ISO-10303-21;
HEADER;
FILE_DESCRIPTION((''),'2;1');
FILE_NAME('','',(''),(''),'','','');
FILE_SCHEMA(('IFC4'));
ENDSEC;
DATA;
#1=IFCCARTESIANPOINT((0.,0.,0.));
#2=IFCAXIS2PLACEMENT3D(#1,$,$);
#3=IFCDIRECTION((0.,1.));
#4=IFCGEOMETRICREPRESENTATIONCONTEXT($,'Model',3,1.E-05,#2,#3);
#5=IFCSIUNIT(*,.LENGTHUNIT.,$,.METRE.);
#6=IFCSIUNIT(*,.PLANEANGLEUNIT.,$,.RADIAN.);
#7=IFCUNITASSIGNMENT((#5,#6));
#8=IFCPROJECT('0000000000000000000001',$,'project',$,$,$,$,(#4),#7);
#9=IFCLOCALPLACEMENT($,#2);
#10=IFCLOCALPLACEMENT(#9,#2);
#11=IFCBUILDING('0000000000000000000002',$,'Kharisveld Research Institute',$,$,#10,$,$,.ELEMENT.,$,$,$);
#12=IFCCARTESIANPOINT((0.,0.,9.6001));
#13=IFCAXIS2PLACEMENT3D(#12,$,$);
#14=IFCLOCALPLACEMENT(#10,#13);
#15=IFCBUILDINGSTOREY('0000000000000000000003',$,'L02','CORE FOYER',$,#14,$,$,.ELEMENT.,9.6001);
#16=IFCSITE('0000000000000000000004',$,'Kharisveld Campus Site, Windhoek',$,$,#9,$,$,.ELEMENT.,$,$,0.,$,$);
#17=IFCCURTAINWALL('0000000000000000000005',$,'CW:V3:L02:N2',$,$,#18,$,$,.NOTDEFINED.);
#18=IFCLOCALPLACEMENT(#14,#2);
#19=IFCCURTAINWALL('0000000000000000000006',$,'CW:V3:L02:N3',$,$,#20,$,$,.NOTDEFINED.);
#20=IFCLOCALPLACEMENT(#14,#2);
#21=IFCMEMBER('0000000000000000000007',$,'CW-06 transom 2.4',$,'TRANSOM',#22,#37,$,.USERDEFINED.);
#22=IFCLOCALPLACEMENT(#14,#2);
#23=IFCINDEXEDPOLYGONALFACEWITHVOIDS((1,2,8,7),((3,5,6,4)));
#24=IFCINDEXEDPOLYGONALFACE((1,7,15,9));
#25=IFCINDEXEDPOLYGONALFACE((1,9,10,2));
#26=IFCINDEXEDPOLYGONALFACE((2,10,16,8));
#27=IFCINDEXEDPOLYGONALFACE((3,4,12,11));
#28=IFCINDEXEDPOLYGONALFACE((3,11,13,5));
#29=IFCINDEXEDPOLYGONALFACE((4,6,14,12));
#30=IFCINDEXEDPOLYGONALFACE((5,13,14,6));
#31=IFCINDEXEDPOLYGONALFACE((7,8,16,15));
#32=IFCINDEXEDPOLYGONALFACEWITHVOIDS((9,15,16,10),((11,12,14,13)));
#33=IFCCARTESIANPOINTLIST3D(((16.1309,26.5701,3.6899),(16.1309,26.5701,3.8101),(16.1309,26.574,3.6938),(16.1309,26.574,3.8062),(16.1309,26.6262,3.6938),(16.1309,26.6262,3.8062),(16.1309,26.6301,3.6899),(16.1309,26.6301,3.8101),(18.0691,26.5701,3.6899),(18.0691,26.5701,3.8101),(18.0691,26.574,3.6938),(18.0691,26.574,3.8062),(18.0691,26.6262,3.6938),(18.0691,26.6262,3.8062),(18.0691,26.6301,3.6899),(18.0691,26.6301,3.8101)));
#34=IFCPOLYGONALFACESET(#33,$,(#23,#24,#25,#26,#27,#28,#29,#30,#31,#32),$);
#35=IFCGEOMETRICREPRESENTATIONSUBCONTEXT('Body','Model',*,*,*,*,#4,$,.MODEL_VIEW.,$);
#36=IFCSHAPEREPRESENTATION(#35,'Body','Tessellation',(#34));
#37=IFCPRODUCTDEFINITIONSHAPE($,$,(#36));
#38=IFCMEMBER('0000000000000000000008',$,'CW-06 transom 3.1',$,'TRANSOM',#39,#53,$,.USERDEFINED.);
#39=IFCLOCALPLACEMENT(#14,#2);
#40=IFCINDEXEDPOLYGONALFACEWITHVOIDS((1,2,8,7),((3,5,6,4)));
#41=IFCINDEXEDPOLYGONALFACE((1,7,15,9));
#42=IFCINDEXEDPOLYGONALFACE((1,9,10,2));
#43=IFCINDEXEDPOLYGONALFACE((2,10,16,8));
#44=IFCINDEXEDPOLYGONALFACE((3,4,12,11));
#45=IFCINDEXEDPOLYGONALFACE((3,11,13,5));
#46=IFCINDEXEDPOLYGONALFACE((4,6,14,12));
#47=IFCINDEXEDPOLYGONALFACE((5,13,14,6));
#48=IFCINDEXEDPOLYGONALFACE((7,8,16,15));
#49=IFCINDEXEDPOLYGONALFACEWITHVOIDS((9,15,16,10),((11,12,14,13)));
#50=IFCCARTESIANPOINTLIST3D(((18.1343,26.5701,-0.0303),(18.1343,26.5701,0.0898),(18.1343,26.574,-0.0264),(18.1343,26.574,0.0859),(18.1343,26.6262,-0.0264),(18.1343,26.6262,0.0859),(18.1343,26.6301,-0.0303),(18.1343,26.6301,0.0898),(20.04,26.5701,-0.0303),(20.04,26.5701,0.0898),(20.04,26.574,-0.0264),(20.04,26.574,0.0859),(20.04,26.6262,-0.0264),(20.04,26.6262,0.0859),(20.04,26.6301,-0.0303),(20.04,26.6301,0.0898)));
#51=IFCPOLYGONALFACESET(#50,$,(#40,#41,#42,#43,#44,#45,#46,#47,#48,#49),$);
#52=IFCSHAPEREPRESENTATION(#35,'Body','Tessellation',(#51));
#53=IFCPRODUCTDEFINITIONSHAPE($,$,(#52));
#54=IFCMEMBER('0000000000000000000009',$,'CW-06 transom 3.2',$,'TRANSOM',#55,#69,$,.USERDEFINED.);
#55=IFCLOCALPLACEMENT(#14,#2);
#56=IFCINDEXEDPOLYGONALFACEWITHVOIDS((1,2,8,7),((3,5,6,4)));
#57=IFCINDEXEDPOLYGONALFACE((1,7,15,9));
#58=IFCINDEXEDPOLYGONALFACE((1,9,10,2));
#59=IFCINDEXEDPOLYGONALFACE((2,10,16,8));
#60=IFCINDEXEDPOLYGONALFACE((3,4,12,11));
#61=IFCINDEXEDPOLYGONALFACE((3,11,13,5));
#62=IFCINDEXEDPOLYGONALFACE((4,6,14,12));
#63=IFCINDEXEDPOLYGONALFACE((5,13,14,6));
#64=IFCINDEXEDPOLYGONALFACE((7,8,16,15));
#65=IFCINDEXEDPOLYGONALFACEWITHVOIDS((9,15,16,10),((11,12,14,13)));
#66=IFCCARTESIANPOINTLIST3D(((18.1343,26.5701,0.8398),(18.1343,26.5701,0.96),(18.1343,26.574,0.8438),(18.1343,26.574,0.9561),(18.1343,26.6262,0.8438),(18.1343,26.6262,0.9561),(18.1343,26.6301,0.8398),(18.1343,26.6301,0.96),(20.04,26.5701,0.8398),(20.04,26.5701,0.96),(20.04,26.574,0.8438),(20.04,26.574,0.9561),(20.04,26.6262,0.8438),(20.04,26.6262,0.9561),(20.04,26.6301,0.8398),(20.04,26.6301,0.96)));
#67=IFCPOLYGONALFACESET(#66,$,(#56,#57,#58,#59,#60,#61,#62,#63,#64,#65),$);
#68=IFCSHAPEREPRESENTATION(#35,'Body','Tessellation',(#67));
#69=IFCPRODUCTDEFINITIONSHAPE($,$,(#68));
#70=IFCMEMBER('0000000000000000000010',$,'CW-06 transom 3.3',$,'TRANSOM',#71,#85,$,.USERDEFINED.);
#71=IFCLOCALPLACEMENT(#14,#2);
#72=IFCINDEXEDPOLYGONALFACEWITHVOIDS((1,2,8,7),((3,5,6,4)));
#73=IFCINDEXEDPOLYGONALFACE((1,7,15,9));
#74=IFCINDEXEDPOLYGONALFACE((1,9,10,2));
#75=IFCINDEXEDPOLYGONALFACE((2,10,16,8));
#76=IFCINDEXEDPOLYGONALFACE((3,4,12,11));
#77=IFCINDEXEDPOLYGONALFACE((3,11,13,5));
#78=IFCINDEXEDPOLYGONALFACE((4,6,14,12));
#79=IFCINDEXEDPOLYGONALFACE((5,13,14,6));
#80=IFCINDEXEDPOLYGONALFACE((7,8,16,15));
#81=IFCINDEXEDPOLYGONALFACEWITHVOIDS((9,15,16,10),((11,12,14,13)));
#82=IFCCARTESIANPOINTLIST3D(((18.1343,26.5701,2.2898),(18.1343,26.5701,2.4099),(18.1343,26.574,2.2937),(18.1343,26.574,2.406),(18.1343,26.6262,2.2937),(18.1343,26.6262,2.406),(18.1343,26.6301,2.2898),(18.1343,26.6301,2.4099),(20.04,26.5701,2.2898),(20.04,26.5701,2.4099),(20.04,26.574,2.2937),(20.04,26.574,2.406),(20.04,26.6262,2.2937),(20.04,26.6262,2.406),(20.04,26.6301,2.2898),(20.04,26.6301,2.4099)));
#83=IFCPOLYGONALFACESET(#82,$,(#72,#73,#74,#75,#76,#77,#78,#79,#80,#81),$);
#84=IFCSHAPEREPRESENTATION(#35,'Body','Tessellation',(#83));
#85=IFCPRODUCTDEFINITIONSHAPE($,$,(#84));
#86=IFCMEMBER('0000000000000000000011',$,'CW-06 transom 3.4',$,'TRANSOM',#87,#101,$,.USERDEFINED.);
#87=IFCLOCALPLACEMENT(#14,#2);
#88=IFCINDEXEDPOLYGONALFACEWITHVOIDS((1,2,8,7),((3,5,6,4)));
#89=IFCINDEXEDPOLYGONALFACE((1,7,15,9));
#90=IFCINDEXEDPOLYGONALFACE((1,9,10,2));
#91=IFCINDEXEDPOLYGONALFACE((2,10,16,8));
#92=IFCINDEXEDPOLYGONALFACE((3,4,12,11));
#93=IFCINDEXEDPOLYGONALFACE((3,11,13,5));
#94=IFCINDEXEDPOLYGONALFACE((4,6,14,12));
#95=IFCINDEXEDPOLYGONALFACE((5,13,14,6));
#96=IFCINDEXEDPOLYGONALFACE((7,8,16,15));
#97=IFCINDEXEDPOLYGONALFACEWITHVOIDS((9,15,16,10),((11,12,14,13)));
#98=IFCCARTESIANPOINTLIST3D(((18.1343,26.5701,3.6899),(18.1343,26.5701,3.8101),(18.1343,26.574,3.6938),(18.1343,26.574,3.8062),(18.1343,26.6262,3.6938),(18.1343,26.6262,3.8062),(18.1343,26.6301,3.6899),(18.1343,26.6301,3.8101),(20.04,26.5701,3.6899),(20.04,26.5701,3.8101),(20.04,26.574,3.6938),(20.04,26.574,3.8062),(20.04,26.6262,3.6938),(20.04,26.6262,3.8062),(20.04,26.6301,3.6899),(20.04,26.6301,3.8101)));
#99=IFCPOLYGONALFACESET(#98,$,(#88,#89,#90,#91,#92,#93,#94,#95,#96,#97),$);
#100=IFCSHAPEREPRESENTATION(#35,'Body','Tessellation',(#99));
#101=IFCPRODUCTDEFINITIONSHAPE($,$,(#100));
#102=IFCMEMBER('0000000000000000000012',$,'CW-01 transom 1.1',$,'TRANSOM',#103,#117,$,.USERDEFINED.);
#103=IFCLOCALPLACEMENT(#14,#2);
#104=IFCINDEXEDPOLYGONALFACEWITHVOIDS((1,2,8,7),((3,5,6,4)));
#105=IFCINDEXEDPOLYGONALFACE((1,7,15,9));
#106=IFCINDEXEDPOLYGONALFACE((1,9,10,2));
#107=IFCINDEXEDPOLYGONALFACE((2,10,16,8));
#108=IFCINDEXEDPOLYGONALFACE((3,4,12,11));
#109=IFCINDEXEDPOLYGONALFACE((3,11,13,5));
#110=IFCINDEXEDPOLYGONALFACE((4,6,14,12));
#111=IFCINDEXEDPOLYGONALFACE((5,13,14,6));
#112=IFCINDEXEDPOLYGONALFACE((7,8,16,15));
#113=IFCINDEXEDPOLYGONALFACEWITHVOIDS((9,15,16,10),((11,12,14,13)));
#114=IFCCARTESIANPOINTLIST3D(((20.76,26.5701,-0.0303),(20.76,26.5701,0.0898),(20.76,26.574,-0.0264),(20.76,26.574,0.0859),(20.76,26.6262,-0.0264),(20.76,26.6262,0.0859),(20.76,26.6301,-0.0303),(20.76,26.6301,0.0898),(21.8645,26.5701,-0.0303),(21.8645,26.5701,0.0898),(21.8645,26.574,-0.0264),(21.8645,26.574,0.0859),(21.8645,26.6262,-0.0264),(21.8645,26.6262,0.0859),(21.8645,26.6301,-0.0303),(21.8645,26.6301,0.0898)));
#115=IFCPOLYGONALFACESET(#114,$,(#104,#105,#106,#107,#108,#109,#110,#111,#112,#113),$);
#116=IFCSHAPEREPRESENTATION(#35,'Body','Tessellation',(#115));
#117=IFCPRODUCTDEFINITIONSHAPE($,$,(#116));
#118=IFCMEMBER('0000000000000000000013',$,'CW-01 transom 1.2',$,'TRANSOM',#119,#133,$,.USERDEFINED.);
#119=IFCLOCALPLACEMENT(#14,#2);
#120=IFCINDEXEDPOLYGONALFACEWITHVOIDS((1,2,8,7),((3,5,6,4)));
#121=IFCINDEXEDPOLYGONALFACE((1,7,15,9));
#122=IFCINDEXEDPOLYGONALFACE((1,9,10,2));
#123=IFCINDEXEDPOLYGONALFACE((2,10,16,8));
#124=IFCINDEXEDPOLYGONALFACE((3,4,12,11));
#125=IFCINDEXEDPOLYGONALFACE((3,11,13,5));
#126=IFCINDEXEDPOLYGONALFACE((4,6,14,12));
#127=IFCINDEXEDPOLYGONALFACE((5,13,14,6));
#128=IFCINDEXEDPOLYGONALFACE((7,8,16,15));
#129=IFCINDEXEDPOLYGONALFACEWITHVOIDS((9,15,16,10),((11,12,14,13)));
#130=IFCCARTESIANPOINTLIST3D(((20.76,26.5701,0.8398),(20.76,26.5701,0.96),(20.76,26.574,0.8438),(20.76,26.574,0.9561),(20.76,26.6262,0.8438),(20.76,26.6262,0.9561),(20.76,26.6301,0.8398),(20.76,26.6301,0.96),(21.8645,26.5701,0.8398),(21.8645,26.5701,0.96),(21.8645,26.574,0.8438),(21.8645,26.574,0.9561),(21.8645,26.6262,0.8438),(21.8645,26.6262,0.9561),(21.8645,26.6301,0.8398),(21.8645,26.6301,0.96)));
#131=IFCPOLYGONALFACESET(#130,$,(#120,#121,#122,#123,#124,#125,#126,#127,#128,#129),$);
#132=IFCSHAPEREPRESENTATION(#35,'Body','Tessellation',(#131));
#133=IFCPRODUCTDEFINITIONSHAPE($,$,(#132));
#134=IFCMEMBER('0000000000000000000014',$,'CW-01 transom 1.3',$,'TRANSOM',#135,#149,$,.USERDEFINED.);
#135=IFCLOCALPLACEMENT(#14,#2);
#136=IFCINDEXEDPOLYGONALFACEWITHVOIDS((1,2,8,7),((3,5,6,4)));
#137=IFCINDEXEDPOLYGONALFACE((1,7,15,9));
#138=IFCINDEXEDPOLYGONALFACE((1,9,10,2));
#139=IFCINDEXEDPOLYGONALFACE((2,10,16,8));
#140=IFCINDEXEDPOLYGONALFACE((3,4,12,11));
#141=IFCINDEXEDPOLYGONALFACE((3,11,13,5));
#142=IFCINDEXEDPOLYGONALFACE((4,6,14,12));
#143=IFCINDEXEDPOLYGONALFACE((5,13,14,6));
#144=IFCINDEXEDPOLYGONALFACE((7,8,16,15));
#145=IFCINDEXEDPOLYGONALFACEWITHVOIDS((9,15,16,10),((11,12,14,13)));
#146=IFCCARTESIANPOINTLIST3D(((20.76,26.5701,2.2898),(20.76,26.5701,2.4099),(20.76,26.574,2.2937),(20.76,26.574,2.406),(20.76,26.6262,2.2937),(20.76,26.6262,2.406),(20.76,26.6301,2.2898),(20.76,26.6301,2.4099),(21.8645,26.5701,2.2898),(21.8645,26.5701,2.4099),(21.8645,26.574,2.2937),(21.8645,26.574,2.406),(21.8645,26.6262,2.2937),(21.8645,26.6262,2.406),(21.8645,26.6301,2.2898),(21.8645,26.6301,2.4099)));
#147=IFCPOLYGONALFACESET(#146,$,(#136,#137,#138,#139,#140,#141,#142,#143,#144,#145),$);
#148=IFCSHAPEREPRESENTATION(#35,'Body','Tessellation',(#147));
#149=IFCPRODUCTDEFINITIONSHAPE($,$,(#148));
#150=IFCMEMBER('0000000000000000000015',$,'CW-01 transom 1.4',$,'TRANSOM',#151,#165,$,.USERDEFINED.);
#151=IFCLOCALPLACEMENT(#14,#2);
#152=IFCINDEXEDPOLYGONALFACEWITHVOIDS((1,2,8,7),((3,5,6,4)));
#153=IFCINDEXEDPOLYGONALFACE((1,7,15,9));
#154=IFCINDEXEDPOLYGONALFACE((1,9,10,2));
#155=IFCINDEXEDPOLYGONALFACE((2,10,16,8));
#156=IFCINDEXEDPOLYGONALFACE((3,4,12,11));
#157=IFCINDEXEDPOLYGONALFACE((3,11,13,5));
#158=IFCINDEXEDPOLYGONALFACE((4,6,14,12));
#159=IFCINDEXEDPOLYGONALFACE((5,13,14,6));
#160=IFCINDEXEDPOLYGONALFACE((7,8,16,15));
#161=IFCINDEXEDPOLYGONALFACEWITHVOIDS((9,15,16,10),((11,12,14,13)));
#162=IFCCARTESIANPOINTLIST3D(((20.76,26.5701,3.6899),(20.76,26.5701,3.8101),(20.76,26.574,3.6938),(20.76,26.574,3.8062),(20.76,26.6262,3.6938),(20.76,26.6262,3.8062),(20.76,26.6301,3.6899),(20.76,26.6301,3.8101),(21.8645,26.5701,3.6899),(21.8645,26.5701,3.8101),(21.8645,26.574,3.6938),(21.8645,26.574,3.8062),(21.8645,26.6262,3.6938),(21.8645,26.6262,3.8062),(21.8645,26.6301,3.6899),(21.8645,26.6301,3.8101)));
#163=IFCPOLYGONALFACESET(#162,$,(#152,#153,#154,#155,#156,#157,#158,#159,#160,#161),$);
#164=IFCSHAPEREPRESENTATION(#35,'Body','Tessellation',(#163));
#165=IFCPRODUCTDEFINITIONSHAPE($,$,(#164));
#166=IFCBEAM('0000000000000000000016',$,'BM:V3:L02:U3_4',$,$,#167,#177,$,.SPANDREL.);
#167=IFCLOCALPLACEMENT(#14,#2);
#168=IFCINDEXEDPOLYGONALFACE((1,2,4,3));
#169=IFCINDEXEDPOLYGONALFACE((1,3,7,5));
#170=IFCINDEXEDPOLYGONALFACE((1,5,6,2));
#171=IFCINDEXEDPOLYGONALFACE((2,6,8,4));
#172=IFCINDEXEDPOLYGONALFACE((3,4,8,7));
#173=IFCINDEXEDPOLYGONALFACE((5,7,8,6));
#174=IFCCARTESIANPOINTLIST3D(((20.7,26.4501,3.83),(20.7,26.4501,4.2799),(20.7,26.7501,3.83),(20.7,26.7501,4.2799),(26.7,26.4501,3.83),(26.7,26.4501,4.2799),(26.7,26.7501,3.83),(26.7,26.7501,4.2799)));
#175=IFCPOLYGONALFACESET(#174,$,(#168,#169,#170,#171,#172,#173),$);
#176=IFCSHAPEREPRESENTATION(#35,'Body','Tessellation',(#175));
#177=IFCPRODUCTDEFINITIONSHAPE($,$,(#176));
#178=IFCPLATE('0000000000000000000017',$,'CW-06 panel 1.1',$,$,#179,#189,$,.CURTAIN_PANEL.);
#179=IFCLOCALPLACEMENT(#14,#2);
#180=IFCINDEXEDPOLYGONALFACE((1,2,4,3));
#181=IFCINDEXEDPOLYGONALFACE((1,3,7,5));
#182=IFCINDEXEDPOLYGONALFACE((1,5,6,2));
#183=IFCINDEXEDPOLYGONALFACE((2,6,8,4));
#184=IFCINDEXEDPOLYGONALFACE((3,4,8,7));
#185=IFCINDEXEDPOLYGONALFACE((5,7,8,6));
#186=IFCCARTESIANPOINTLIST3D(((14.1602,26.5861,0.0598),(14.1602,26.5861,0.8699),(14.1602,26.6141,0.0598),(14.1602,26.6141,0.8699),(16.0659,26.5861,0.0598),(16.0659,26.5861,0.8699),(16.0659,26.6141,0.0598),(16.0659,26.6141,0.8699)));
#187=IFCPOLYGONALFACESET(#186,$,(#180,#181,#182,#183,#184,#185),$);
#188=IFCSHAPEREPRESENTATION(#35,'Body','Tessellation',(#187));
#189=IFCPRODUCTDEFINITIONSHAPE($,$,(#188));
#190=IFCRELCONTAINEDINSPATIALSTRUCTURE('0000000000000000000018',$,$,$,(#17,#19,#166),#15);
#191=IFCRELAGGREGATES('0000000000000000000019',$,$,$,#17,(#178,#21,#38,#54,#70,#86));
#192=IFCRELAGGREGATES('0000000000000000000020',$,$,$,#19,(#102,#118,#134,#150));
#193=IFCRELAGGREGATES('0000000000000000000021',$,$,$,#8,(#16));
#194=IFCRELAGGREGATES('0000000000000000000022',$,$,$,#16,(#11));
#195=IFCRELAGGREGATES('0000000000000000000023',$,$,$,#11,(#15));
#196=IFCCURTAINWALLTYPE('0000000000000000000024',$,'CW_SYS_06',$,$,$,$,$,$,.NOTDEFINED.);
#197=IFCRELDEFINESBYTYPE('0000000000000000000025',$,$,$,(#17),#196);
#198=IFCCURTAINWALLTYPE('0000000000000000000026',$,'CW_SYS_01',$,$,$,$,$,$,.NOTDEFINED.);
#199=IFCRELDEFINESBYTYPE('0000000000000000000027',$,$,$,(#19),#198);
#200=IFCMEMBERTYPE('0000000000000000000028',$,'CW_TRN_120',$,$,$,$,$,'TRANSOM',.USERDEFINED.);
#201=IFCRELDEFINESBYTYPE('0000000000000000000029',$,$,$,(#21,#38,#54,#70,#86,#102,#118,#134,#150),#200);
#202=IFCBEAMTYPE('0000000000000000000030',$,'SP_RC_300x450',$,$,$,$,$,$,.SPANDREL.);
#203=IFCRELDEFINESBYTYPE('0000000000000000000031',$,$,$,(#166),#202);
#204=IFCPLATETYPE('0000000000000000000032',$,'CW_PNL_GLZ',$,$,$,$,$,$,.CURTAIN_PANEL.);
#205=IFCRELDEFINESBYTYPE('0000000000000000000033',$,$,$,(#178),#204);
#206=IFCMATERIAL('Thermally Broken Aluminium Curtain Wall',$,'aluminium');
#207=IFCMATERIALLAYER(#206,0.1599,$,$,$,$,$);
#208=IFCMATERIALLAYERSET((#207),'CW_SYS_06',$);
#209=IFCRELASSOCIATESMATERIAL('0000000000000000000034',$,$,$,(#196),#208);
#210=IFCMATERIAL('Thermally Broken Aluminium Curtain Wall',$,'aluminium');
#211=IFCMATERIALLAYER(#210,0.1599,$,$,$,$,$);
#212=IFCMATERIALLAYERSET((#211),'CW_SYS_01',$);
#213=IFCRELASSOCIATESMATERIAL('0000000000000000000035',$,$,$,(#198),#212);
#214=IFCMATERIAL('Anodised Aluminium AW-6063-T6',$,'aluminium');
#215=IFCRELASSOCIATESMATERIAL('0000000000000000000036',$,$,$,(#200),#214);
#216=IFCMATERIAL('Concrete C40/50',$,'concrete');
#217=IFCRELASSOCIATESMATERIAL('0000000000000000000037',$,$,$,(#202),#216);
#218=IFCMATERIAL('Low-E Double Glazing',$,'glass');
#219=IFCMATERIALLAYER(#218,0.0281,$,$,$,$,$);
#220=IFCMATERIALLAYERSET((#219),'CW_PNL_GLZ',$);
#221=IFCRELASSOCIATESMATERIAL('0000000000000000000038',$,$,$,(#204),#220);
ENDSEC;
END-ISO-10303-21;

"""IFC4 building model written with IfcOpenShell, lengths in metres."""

from ifc_helpers import new_model, si_unit, direction, frame, origin, origin_2d, place, context, subcontext, project, spatial, rectangle, hollow_rectangle, extrude, material, layer, layer_set, material_profile, profile_set, type_object, element, aggregate, save


model = new_model("IFC4")

# Units and contexts
model_context = context("Model", 3, precision=1e-05, world=origin(), true_north=direction((0.0, 1.0)))
body_context = subcontext(model_context, "Body", "Model", "MODEL_VIEW")
ifc_project = project(units=[si_unit("LENGTHUNIT", "METRE"), si_unit("PLANEANGLEUNIT", "RADIAN")], contexts=[model_context])

# Site, building, storey
site_placement = place(None, origin())
site = spatial("IfcSite", under=ifc_project, at=site_placement, Name="Kharisveld Campus Site, Windhoek", CompositionType="ELEMENT", RefElevation=0.0)
building_placement = place(site_placement, origin())
building = spatial("IfcBuilding", under=site, at=building_placement, Name="Kharisveld Research Institute", CompositionType="ELEMENT")
storey_placement = place(building_placement, frame((0.0, 0.0, 9.6001)))
storey = spatial("IfcBuildingStorey", under=building, at=storey_placement, Name="L02", Description="CORE FOYER", CompositionType="ELEMENT", Elevation=9.6001)

# Curtain wall
ifc_material_1 = material(Name="Thermally Broken Aluminium Curtain Wall", Category="aluminium")
ifc_layer_1 = layer(ifc_material_1, 0.1599)
ifc_layer_set_1 = layer_set([ifc_layer_1], Name="CW_SYS_06")
curtain_wall_type_1 = type_object("IfcCurtainWallType", Name="CW_SYS_06", PredefinedType="NOTDEFINED", material=ifc_layer_set_1)
curtain_wall_1_placement = place(storey_placement, origin())
curtain_wall_1 = element("IfcCurtainWall", 1, at=curtain_wall_1_placement, inside=storey, type_object=curtain_wall_type_1, Name="CW:V3:L02:N2", PredefinedType="NOTDEFINED")

# Curtain wall
ifc_material_2 = material(Name="Thermally Broken Aluminium Curtain Wall", Category="aluminium")
ifc_layer_2 = layer(ifc_material_2, 0.1599)
ifc_layer_set_2 = layer_set([ifc_layer_2], Name="CW_SYS_01")
curtain_wall_type_2 = type_object("IfcCurtainWallType", Name="CW_SYS_01", PredefinedType="NOTDEFINED", material=ifc_layer_set_2)
curtain_wall_2_placement = place(storey_placement, origin())
curtain_wall_2 = element("IfcCurtainWall", 2, at=curtain_wall_2_placement, inside=storey, type_object=curtain_wall_type_2, Name="CW:V3:L02:N3", PredefinedType="NOTDEFINED")

# Members
ifc_material_3 = material(Name="Anodised Aluminium AW-6063-T6", Category="aluminium")
ifc_material_profile_1 = material_profile(ifc_material_3, hollow_rectangle(XDim=0.0601, YDim=0.1201, WallThickness=0.0039, at=origin_2d()))
ifc_profile_set_1 = profile_set([ifc_material_profile_1], Name="Anodised Aluminium AW-6063-T6")
member_type_1 = type_object("IfcMemberType", Name="CW_TRN_120", ElementType="TRANSOM", PredefinedType="USERDEFINED", material=ifc_profile_set_1)
member_1_placement = place(storey_placement, frame((16.1309, 26.6001, 3.75), z_axis=(1.0, 0.0, 0.0), x_axis=(0.0, 1.0, 0.0)))
member_1 = element("IfcMember", 3, at=member_1_placement, type_object=member_type_1, Name="CW-06 transom 2.4", ObjectType="TRANSOM", PredefinedType="USERDEFINED", context=body_context, shape_type="SweptSolid", body=[
    extrude(hollow_rectangle(XDim=0.0601, YDim=0.1201, WallThickness=0.0039, at=origin_2d()), origin(), (0.0, 0.0, 1.0), 1.9382),
])
member_2_placement = place(storey_placement, frame((18.1343, 26.6001, 0.0298), z_axis=(1.0, 0.0, 0.0), x_axis=(0.0, 1.0, 0.0)))
member_2 = element("IfcMember", 4, at=member_2_placement, type_object=member_type_1, Name="CW-06 transom 3.1", ObjectType="TRANSOM", PredefinedType="USERDEFINED", context=body_context, shape_type="SweptSolid", body=[
    extrude(hollow_rectangle(XDim=0.0601, YDim=0.1201, WallThickness=0.0039, at=origin_2d()), origin(), (0.0, 0.0, 1.0), 1.9058),
])
member_3_placement = place(storey_placement, frame((18.1343, 26.6001, 0.8999), z_axis=(1.0, 0.0, 0.0), x_axis=(0.0, 1.0, 0.0)))
member_3 = element("IfcMember", 5, at=member_3_placement, type_object=member_type_1, Name="CW-06 transom 3.2", ObjectType="TRANSOM", PredefinedType="USERDEFINED", context=body_context, shape_type="SweptSolid", body=[
    extrude(hollow_rectangle(XDim=0.0601, YDim=0.1201, WallThickness=0.0039, at=origin_2d()), origin(), (0.0, 0.0, 1.0), 1.9058),
])
member_4_placement = place(storey_placement, frame((18.1343, 26.6001, 2.3499), z_axis=(1.0, 0.0, 0.0), x_axis=(0.0, 1.0, 0.0)))
member_4 = element("IfcMember", 6, at=member_4_placement, type_object=member_type_1, Name="CW-06 transom 3.3", ObjectType="TRANSOM", PredefinedType="USERDEFINED", context=body_context, shape_type="SweptSolid", body=[
    extrude(hollow_rectangle(XDim=0.0601, YDim=0.1201, WallThickness=0.0039, at=origin_2d()), origin(), (0.0, 0.0, 1.0), 1.9058),
])
member_5_placement = place(storey_placement, frame((18.1343, 26.6001, 3.75), z_axis=(1.0, 0.0, 0.0), x_axis=(0.0, 1.0, 0.0)))
member_5 = element("IfcMember", 7, at=member_5_placement, type_object=member_type_1, Name="CW-06 transom 3.4", ObjectType="TRANSOM", PredefinedType="USERDEFINED", context=body_context, shape_type="SweptSolid", body=[
    extrude(hollow_rectangle(XDim=0.0601, YDim=0.1201, WallThickness=0.0039, at=origin_2d()), origin(), (0.0, 0.0, 1.0), 1.9058),
])
member_6_placement = place(storey_placement, frame((20.76, 26.6001, 0.0298), z_axis=(1.0, 0.0, 0.0), x_axis=(0.0, 1.0, 0.0)))
member_6 = element("IfcMember", 8, at=member_6_placement, type_object=member_type_1, Name="CW-01 transom 1.1", ObjectType="TRANSOM", PredefinedType="USERDEFINED", context=body_context, shape_type="SweptSolid", body=[
    extrude(hollow_rectangle(XDim=0.0601, YDim=0.1201, WallThickness=0.0039, at=origin_2d()), origin(), (0.0, 0.0, 1.0), 1.1045),
])
member_7_placement = place(storey_placement, frame((20.76, 26.6001, 0.8999), z_axis=(1.0, 0.0, 0.0), x_axis=(0.0, 1.0, 0.0)))
member_7 = element("IfcMember", 9, at=member_7_placement, type_object=member_type_1, Name="CW-01 transom 1.2", ObjectType="TRANSOM", PredefinedType="USERDEFINED", context=body_context, shape_type="SweptSolid", body=[
    extrude(hollow_rectangle(XDim=0.0601, YDim=0.1201, WallThickness=0.0039, at=origin_2d()), origin(), (0.0, 0.0, 1.0), 1.1045),
])
member_8_placement = place(storey_placement, frame((20.76, 26.6001, 2.3499), z_axis=(1.0, 0.0, 0.0), x_axis=(0.0, 1.0, 0.0)))
member_8 = element("IfcMember", 10, at=member_8_placement, type_object=member_type_1, Name="CW-01 transom 1.3", ObjectType="TRANSOM", PredefinedType="USERDEFINED", context=body_context, shape_type="SweptSolid", body=[
    extrude(hollow_rectangle(XDim=0.0601, YDim=0.1201, WallThickness=0.0039, at=origin_2d()), origin(), (0.0, 0.0, 1.0), 1.1045),
])
member_9_placement = place(storey_placement, frame((20.76, 26.6001, 3.75), z_axis=(1.0, 0.0, 0.0), x_axis=(0.0, 1.0, 0.0)))
member_9 = element("IfcMember", 11, at=member_9_placement, type_object=member_type_1, Name="CW-01 transom 1.4", ObjectType="TRANSOM", PredefinedType="USERDEFINED", context=body_context, shape_type="SweptSolid", body=[
    extrude(hollow_rectangle(XDim=0.0601, YDim=0.1201, WallThickness=0.0039, at=origin_2d()), origin(), (0.0, 0.0, 1.0), 1.1045),
])

# Beam
ifc_material_4 = material(Name="Concrete C40/50", Category="concrete")
ifc_material_profile_2 = material_profile(ifc_material_4, rectangle(XDim=0.3, YDim=0.45, at=origin_2d()))
ifc_profile_set_2 = profile_set([ifc_material_profile_2], Name="Concrete C40/50")
beam_type = type_object("IfcBeamType", Name="SP_RC_300x450", PredefinedType="SPANDREL", material=ifc_profile_set_2)
beam_placement = place(storey_placement, frame((20.7, 26.6001, 4.0549), z_axis=(1.0, 0.0, 0.0), x_axis=(0.0, 1.0, 0.0)))
element("IfcBeam", 12, at=beam_placement, inside=storey, type_object=beam_type, Name="BM:V3:L02:U3_4", PredefinedType="SPANDREL", context=body_context, shape_type="SweptSolid", body=[
    extrude(rectangle(XDim=0.3, YDim=0.45, at=origin_2d()), origin(), (0.0, 0.0, 1.0), 6.0),
])

# Plate
ifc_material_5 = material(Name="Low-E Double Glazing", Category="glass")
ifc_layer_3 = layer(ifc_material_5, 0.0281)
ifc_layer_set_3 = layer_set([ifc_layer_3], Name="CW_PNL_GLZ")
plate_type = type_object("IfcPlateType", Name="CW_PNL_GLZ", PredefinedType="CURTAIN_PANEL", material=ifc_layer_set_3)
plate_1_placement = place(storey_placement, frame((15.113, 26.6001, 0.0598), z_axis=(0.0, 0.0, 1.0), x_axis=(1.0, 0.0, 0.0)))
plate_1 = element("IfcPlate", 13, at=plate_1_placement, type_object=plate_type, Name="CW-06 panel 1.1", PredefinedType="CURTAIN_PANEL", context=body_context, shape_type="SweptSolid", body=[
    extrude(rectangle(XDim=1.9058, YDim=0.0281, at=origin_2d()), origin(), (0.0, 0.0, 1.0), 0.8101),
])
aggregate(curtain_wall_1, [plate_1, member_1, member_2, member_3, member_4, member_5])
aggregate(curtain_wall_2, [member_6, member_7, member_8, member_9])

save(model, "model.ifc")
